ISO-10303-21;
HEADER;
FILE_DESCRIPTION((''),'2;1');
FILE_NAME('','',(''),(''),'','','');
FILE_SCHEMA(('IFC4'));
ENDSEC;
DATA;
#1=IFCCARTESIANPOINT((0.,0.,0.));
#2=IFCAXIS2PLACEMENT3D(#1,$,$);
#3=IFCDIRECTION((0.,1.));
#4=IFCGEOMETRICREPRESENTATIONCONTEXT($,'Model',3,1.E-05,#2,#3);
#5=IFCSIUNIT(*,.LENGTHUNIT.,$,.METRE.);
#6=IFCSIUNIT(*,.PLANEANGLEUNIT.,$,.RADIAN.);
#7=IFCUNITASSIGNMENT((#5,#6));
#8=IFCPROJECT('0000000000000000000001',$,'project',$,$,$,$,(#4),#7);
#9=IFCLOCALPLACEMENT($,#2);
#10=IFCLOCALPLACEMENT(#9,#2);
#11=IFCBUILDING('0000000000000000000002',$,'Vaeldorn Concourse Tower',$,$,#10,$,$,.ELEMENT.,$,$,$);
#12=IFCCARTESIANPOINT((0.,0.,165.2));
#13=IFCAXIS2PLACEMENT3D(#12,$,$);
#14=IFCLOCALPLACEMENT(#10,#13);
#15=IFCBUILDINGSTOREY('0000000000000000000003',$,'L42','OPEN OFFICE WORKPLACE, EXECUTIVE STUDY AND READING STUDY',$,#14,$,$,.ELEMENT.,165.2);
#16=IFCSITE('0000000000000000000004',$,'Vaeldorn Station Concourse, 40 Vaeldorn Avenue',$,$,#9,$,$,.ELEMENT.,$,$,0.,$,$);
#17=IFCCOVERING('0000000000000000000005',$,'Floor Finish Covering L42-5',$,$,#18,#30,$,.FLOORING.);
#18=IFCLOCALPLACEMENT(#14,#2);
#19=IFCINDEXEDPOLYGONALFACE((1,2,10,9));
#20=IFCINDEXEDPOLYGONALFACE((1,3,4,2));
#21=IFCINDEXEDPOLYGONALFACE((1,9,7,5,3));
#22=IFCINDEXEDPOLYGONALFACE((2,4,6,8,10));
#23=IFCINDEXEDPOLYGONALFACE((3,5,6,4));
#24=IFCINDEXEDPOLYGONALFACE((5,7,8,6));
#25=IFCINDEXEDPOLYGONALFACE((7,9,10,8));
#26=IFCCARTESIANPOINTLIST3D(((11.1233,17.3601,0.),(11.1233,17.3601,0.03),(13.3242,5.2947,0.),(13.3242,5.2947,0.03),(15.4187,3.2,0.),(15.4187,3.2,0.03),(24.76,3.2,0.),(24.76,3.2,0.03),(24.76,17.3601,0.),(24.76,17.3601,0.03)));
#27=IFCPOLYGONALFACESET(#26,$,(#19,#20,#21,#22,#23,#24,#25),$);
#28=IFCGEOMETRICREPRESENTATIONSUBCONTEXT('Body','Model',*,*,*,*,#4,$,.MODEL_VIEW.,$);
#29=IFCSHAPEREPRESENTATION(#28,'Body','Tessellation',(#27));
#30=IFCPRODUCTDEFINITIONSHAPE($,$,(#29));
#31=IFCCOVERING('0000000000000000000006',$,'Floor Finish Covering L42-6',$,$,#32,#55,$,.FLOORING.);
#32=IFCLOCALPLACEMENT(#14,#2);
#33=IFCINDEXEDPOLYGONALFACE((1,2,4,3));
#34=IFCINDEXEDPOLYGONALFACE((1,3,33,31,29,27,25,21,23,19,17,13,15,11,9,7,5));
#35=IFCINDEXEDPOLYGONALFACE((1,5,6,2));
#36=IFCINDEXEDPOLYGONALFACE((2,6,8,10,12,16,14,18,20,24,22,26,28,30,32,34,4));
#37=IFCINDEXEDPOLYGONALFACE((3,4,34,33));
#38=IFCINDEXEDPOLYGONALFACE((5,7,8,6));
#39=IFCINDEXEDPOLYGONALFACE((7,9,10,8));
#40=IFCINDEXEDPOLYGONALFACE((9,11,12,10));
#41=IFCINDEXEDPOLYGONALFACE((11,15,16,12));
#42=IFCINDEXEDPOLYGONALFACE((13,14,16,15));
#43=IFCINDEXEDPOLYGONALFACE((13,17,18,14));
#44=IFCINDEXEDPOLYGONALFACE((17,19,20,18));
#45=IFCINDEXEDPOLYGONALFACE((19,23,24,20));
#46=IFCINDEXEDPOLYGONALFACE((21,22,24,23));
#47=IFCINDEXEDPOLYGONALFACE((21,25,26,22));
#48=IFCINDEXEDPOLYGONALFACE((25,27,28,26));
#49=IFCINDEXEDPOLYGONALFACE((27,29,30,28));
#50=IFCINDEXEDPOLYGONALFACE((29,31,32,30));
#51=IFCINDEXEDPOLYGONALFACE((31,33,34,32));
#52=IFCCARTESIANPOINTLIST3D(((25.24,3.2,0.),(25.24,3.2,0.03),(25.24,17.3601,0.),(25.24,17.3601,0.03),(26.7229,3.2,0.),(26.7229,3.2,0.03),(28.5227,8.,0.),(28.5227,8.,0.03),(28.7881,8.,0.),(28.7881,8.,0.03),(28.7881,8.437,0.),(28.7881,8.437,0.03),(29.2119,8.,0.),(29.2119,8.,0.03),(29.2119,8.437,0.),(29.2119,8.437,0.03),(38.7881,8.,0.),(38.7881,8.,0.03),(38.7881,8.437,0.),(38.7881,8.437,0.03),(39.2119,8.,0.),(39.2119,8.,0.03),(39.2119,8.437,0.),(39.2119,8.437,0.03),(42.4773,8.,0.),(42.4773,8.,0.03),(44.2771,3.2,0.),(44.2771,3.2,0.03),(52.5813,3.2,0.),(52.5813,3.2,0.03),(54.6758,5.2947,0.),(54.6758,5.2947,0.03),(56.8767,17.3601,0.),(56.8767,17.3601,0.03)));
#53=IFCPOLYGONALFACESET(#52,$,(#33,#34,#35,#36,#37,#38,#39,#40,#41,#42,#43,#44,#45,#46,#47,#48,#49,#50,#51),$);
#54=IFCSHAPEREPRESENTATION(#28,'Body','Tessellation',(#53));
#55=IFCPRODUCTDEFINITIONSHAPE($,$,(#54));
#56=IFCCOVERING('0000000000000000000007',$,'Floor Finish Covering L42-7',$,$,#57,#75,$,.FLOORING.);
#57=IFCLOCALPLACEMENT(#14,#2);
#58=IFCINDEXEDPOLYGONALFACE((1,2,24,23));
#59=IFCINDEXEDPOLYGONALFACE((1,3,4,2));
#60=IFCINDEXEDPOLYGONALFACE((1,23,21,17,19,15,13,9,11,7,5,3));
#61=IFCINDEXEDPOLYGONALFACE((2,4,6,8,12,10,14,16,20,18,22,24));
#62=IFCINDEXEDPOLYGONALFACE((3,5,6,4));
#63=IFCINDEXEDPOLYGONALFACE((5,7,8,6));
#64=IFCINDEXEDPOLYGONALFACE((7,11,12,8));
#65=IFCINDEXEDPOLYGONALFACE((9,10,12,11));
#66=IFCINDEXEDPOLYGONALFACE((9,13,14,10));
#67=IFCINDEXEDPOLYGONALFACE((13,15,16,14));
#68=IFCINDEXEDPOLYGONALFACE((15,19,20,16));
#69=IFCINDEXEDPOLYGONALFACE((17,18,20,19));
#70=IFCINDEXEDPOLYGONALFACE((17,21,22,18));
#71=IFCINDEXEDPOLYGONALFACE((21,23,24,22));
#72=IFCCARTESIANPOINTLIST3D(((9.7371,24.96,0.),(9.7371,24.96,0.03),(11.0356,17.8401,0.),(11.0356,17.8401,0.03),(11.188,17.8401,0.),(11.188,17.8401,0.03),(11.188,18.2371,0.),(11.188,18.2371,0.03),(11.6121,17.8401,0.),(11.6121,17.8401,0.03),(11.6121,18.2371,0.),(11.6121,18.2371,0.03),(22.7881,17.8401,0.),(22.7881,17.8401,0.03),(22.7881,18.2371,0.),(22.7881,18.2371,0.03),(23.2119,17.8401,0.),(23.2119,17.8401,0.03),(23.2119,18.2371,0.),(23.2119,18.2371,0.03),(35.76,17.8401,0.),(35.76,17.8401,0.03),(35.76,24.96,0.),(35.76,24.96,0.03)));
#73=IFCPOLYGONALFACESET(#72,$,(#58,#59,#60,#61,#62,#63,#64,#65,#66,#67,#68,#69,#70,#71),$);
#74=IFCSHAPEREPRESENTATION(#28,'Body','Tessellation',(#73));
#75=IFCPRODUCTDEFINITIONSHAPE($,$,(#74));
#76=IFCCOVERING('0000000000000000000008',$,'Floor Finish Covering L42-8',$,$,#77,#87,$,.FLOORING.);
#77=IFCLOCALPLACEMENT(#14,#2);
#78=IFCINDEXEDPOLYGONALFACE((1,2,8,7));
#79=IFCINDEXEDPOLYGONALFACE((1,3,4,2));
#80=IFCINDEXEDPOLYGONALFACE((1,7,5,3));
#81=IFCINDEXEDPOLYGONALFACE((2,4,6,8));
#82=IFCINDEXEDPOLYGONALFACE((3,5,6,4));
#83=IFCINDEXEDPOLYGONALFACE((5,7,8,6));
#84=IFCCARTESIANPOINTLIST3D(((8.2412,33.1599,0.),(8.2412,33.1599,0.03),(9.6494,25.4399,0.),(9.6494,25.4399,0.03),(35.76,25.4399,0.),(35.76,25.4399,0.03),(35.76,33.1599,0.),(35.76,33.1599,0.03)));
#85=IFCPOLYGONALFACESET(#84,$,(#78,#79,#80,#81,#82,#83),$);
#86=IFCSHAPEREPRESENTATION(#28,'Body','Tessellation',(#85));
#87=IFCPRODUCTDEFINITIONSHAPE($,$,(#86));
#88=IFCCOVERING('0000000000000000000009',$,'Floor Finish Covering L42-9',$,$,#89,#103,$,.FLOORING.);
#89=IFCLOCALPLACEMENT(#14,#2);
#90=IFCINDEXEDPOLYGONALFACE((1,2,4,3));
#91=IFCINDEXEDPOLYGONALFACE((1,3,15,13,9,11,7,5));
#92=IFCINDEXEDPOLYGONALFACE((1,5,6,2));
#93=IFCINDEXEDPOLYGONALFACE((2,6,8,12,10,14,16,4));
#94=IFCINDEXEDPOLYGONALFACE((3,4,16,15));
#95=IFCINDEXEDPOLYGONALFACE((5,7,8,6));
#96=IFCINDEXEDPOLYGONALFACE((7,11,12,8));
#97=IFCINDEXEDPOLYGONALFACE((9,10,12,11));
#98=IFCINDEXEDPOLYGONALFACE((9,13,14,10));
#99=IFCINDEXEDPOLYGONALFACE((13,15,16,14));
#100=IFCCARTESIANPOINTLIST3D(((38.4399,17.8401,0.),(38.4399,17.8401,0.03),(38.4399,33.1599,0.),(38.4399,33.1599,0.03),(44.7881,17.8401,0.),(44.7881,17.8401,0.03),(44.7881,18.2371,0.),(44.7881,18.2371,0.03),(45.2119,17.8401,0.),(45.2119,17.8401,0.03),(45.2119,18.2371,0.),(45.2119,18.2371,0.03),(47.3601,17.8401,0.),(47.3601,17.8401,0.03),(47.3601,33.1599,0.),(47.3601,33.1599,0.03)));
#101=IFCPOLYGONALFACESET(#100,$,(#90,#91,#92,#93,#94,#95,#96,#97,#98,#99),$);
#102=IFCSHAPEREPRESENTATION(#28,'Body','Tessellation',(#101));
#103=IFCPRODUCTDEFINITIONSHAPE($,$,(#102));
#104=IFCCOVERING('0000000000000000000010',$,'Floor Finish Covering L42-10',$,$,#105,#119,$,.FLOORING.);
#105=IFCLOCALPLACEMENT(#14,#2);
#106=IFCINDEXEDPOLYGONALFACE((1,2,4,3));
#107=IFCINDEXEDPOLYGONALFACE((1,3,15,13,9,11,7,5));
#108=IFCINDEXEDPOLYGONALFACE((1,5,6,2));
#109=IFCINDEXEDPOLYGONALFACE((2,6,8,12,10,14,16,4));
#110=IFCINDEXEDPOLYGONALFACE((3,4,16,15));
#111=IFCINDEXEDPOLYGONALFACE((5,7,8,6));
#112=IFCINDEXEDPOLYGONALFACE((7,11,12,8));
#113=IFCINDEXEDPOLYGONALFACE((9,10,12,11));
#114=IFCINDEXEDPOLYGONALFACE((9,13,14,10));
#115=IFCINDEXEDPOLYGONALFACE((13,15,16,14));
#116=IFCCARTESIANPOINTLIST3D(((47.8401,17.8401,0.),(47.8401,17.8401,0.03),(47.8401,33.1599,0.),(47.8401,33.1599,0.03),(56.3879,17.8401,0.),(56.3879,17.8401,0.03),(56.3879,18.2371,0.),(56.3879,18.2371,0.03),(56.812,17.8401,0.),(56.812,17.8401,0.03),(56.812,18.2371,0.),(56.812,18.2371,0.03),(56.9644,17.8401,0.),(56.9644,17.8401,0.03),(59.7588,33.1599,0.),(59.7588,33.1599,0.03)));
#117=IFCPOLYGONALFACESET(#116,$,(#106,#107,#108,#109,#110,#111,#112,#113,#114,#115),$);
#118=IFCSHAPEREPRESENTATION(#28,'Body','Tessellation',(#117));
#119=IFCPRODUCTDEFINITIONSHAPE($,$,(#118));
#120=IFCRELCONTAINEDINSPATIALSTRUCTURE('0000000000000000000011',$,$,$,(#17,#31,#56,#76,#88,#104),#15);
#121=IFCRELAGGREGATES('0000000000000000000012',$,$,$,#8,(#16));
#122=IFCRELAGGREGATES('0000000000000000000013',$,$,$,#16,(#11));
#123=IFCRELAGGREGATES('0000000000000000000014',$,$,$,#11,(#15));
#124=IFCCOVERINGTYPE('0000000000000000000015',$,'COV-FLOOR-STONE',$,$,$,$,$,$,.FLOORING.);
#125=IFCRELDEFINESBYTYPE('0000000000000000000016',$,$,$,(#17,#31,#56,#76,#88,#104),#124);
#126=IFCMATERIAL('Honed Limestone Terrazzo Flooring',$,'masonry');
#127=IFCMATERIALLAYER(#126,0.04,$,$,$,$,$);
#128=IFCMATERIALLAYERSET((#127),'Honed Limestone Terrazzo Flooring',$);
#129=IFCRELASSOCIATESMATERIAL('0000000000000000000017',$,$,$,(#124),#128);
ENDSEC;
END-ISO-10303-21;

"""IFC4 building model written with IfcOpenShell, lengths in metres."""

from ifc_helpers import new_model, si_unit, direction, frame, origin, place, context, subcontext, project, spatial, polyline, outline, extrude, material, layer, layer_set, type_object, element, save


model = new_model("IFC4")

# Units and contexts
model_context = context("Model", 3, precision=1e-05, world=origin(), true_north=direction((0.0, 1.0)))
body_context = subcontext(model_context, "Body", "Model", "MODEL_VIEW")
ifc_project = project(units=[si_unit("LENGTHUNIT", "METRE"), si_unit("PLANEANGLEUNIT", "RADIAN")], contexts=[model_context])

# Site, building, storey
site_placement = place(None, origin())
site = spatial("IfcSite", under=ifc_project, at=site_placement, Name="Vaeldorn Station Concourse, 40 Vaeldorn Avenue", CompositionType="ELEMENT", RefElevation=0.0)
building_placement = place(site_placement, origin())
building = spatial("IfcBuilding", under=site, at=building_placement, Name="Vaeldorn Concourse Tower", CompositionType="ELEMENT")
storey_placement = place(building_placement, frame((0.0, 0.0, 165.2)))
storey = spatial("IfcBuildingStorey", under=building, at=storey_placement, Name="L42", Description="OPEN OFFICE WORKPLACE, EXECUTIVE STUDY AND READING STUDY", CompositionType="ELEMENT", Elevation=165.2)

# Coverings
ifc_material_1 = material(Name="Honed Limestone Terrazzo Flooring", Category="masonry")
ifc_layer_1 = layer(ifc_material_1, 0.04)
ifc_layer_set_1 = layer_set([ifc_layer_1], Name="Honed Limestone Terrazzo Flooring")
covering_type_1 = type_object("IfcCoveringType", Name="COV-FLOOR-STONE", PredefinedType="FLOORING", material=ifc_layer_set_1)
covering_1_placement = place(storey_placement, origin())
element("IfcCovering", 1, at=covering_1_placement, inside=storey, type_object=covering_type_1, Name="Floor Finish Covering L42-5", PredefinedType="FLOORING", context=body_context, shape_type="SweptSolid", body=[
    extrude(outline(polyline([(24.76, 17.3601), (24.76, 3.2), (15.4187, 3.2), (13.3242, 5.2947), (11.1233, 17.3601), (24.76, 17.3601)])), origin(), (0.0, 0.0, 1.0), 0.03),
])
covering_2_placement = place(storey_placement, origin())
element("IfcCovering", 2, at=covering_2_placement, inside=storey, type_object=covering_type_1, Name="Floor Finish Covering L42-6", PredefinedType="FLOORING", context=body_context, shape_type="SweptSolid", body=[
    extrude(outline(polyline([(26.7229, 3.2), (25.24, 3.2), (25.24, 17.3601), (56.8767, 17.3601), (54.6758, 5.2947), (52.5813, 3.2), (44.2771, 3.2), (42.4773, 8.0), (39.2119, 8.0), (39.2119, 8.437), (38.7881, 8.437), (38.7881, 8.0), (29.2119, 8.0), (29.2119, 8.437), (28.7881, 8.437), (28.7881, 8.0), (28.5227, 8.0), (26.7229, 3.2)])), origin(), (0.0, 0.0, 1.0), 0.03),
])
covering_3_placement = place(storey_placement, origin())
element("IfcCovering", 3, at=covering_3_placement, inside=storey, type_object=covering_type_1, Name="Floor Finish Covering L42-7", PredefinedType="FLOORING", context=body_context, shape_type="SweptSolid", body=[
    extrude(outline(polyline([(35.76, 24.96), (35.76, 17.8401), (23.2119, 17.8401), (23.2119, 18.2371), (22.7881, 18.2371), (22.7881, 17.8401), (11.6121, 17.8401), (11.6121, 18.2371), (11.188, 18.2371), (11.188, 17.8401), (11.0356, 17.8401), (9.7371, 24.96), (35.76, 24.96)])), origin(), (0.0, 0.0, 1.0), 0.03),
])
covering_4_placement = place(storey_placement, origin())
element("IfcCovering", 4, at=covering_4_placement, inside=storey, type_object=covering_type_1, Name="Floor Finish Covering L42-8", PredefinedType="FLOORING", context=body_context, shape_type="SweptSolid", body=[
    extrude(outline(polyline([(35.76, 33.1599), (35.76, 25.4399), (9.6494, 25.4399), (8.2412, 33.1599), (35.76, 33.1599)])), origin(), (0.0, 0.0, 1.0), 0.03),
])
covering_5_placement = place(storey_placement, origin())
element("IfcCovering", 5, at=covering_5_placement, inside=storey, type_object=covering_type_1, Name="Floor Finish Covering L42-9", PredefinedType="FLOORING", context=body_context, shape_type="SweptSolid", body=[
    extrude(outline(polyline([(38.4399, 33.1599), (47.3601, 33.1599), (47.3601, 17.8401), (45.2119, 17.8401), (45.2119, 18.2371), (44.7881, 18.2371), (44.7881, 17.8401), (38.4399, 17.8401), (38.4399, 33.1599)])), origin(), (0.0, 0.0, 1.0), 0.03),
])
covering_6_placement = place(storey_placement, origin())
element("IfcCovering", 6, at=covering_6_placement, inside=storey, type_object=covering_type_1, Name="Floor Finish Covering L42-10", PredefinedType="FLOORING", context=body_context, shape_type="SweptSolid", body=[
    extrude(outline(polyline([(47.8401, 33.1599), (59.7588, 33.1599), (56.9644, 17.8401), (56.812, 17.8401), (56.812, 18.2371), (56.3879, 18.2371), (56.3879, 17.8401), (47.8401, 17.8401), (47.8401, 33.1599)])), origin(), (0.0, 0.0, 1.0), 0.03),
])

save(model, "model.ifc")
